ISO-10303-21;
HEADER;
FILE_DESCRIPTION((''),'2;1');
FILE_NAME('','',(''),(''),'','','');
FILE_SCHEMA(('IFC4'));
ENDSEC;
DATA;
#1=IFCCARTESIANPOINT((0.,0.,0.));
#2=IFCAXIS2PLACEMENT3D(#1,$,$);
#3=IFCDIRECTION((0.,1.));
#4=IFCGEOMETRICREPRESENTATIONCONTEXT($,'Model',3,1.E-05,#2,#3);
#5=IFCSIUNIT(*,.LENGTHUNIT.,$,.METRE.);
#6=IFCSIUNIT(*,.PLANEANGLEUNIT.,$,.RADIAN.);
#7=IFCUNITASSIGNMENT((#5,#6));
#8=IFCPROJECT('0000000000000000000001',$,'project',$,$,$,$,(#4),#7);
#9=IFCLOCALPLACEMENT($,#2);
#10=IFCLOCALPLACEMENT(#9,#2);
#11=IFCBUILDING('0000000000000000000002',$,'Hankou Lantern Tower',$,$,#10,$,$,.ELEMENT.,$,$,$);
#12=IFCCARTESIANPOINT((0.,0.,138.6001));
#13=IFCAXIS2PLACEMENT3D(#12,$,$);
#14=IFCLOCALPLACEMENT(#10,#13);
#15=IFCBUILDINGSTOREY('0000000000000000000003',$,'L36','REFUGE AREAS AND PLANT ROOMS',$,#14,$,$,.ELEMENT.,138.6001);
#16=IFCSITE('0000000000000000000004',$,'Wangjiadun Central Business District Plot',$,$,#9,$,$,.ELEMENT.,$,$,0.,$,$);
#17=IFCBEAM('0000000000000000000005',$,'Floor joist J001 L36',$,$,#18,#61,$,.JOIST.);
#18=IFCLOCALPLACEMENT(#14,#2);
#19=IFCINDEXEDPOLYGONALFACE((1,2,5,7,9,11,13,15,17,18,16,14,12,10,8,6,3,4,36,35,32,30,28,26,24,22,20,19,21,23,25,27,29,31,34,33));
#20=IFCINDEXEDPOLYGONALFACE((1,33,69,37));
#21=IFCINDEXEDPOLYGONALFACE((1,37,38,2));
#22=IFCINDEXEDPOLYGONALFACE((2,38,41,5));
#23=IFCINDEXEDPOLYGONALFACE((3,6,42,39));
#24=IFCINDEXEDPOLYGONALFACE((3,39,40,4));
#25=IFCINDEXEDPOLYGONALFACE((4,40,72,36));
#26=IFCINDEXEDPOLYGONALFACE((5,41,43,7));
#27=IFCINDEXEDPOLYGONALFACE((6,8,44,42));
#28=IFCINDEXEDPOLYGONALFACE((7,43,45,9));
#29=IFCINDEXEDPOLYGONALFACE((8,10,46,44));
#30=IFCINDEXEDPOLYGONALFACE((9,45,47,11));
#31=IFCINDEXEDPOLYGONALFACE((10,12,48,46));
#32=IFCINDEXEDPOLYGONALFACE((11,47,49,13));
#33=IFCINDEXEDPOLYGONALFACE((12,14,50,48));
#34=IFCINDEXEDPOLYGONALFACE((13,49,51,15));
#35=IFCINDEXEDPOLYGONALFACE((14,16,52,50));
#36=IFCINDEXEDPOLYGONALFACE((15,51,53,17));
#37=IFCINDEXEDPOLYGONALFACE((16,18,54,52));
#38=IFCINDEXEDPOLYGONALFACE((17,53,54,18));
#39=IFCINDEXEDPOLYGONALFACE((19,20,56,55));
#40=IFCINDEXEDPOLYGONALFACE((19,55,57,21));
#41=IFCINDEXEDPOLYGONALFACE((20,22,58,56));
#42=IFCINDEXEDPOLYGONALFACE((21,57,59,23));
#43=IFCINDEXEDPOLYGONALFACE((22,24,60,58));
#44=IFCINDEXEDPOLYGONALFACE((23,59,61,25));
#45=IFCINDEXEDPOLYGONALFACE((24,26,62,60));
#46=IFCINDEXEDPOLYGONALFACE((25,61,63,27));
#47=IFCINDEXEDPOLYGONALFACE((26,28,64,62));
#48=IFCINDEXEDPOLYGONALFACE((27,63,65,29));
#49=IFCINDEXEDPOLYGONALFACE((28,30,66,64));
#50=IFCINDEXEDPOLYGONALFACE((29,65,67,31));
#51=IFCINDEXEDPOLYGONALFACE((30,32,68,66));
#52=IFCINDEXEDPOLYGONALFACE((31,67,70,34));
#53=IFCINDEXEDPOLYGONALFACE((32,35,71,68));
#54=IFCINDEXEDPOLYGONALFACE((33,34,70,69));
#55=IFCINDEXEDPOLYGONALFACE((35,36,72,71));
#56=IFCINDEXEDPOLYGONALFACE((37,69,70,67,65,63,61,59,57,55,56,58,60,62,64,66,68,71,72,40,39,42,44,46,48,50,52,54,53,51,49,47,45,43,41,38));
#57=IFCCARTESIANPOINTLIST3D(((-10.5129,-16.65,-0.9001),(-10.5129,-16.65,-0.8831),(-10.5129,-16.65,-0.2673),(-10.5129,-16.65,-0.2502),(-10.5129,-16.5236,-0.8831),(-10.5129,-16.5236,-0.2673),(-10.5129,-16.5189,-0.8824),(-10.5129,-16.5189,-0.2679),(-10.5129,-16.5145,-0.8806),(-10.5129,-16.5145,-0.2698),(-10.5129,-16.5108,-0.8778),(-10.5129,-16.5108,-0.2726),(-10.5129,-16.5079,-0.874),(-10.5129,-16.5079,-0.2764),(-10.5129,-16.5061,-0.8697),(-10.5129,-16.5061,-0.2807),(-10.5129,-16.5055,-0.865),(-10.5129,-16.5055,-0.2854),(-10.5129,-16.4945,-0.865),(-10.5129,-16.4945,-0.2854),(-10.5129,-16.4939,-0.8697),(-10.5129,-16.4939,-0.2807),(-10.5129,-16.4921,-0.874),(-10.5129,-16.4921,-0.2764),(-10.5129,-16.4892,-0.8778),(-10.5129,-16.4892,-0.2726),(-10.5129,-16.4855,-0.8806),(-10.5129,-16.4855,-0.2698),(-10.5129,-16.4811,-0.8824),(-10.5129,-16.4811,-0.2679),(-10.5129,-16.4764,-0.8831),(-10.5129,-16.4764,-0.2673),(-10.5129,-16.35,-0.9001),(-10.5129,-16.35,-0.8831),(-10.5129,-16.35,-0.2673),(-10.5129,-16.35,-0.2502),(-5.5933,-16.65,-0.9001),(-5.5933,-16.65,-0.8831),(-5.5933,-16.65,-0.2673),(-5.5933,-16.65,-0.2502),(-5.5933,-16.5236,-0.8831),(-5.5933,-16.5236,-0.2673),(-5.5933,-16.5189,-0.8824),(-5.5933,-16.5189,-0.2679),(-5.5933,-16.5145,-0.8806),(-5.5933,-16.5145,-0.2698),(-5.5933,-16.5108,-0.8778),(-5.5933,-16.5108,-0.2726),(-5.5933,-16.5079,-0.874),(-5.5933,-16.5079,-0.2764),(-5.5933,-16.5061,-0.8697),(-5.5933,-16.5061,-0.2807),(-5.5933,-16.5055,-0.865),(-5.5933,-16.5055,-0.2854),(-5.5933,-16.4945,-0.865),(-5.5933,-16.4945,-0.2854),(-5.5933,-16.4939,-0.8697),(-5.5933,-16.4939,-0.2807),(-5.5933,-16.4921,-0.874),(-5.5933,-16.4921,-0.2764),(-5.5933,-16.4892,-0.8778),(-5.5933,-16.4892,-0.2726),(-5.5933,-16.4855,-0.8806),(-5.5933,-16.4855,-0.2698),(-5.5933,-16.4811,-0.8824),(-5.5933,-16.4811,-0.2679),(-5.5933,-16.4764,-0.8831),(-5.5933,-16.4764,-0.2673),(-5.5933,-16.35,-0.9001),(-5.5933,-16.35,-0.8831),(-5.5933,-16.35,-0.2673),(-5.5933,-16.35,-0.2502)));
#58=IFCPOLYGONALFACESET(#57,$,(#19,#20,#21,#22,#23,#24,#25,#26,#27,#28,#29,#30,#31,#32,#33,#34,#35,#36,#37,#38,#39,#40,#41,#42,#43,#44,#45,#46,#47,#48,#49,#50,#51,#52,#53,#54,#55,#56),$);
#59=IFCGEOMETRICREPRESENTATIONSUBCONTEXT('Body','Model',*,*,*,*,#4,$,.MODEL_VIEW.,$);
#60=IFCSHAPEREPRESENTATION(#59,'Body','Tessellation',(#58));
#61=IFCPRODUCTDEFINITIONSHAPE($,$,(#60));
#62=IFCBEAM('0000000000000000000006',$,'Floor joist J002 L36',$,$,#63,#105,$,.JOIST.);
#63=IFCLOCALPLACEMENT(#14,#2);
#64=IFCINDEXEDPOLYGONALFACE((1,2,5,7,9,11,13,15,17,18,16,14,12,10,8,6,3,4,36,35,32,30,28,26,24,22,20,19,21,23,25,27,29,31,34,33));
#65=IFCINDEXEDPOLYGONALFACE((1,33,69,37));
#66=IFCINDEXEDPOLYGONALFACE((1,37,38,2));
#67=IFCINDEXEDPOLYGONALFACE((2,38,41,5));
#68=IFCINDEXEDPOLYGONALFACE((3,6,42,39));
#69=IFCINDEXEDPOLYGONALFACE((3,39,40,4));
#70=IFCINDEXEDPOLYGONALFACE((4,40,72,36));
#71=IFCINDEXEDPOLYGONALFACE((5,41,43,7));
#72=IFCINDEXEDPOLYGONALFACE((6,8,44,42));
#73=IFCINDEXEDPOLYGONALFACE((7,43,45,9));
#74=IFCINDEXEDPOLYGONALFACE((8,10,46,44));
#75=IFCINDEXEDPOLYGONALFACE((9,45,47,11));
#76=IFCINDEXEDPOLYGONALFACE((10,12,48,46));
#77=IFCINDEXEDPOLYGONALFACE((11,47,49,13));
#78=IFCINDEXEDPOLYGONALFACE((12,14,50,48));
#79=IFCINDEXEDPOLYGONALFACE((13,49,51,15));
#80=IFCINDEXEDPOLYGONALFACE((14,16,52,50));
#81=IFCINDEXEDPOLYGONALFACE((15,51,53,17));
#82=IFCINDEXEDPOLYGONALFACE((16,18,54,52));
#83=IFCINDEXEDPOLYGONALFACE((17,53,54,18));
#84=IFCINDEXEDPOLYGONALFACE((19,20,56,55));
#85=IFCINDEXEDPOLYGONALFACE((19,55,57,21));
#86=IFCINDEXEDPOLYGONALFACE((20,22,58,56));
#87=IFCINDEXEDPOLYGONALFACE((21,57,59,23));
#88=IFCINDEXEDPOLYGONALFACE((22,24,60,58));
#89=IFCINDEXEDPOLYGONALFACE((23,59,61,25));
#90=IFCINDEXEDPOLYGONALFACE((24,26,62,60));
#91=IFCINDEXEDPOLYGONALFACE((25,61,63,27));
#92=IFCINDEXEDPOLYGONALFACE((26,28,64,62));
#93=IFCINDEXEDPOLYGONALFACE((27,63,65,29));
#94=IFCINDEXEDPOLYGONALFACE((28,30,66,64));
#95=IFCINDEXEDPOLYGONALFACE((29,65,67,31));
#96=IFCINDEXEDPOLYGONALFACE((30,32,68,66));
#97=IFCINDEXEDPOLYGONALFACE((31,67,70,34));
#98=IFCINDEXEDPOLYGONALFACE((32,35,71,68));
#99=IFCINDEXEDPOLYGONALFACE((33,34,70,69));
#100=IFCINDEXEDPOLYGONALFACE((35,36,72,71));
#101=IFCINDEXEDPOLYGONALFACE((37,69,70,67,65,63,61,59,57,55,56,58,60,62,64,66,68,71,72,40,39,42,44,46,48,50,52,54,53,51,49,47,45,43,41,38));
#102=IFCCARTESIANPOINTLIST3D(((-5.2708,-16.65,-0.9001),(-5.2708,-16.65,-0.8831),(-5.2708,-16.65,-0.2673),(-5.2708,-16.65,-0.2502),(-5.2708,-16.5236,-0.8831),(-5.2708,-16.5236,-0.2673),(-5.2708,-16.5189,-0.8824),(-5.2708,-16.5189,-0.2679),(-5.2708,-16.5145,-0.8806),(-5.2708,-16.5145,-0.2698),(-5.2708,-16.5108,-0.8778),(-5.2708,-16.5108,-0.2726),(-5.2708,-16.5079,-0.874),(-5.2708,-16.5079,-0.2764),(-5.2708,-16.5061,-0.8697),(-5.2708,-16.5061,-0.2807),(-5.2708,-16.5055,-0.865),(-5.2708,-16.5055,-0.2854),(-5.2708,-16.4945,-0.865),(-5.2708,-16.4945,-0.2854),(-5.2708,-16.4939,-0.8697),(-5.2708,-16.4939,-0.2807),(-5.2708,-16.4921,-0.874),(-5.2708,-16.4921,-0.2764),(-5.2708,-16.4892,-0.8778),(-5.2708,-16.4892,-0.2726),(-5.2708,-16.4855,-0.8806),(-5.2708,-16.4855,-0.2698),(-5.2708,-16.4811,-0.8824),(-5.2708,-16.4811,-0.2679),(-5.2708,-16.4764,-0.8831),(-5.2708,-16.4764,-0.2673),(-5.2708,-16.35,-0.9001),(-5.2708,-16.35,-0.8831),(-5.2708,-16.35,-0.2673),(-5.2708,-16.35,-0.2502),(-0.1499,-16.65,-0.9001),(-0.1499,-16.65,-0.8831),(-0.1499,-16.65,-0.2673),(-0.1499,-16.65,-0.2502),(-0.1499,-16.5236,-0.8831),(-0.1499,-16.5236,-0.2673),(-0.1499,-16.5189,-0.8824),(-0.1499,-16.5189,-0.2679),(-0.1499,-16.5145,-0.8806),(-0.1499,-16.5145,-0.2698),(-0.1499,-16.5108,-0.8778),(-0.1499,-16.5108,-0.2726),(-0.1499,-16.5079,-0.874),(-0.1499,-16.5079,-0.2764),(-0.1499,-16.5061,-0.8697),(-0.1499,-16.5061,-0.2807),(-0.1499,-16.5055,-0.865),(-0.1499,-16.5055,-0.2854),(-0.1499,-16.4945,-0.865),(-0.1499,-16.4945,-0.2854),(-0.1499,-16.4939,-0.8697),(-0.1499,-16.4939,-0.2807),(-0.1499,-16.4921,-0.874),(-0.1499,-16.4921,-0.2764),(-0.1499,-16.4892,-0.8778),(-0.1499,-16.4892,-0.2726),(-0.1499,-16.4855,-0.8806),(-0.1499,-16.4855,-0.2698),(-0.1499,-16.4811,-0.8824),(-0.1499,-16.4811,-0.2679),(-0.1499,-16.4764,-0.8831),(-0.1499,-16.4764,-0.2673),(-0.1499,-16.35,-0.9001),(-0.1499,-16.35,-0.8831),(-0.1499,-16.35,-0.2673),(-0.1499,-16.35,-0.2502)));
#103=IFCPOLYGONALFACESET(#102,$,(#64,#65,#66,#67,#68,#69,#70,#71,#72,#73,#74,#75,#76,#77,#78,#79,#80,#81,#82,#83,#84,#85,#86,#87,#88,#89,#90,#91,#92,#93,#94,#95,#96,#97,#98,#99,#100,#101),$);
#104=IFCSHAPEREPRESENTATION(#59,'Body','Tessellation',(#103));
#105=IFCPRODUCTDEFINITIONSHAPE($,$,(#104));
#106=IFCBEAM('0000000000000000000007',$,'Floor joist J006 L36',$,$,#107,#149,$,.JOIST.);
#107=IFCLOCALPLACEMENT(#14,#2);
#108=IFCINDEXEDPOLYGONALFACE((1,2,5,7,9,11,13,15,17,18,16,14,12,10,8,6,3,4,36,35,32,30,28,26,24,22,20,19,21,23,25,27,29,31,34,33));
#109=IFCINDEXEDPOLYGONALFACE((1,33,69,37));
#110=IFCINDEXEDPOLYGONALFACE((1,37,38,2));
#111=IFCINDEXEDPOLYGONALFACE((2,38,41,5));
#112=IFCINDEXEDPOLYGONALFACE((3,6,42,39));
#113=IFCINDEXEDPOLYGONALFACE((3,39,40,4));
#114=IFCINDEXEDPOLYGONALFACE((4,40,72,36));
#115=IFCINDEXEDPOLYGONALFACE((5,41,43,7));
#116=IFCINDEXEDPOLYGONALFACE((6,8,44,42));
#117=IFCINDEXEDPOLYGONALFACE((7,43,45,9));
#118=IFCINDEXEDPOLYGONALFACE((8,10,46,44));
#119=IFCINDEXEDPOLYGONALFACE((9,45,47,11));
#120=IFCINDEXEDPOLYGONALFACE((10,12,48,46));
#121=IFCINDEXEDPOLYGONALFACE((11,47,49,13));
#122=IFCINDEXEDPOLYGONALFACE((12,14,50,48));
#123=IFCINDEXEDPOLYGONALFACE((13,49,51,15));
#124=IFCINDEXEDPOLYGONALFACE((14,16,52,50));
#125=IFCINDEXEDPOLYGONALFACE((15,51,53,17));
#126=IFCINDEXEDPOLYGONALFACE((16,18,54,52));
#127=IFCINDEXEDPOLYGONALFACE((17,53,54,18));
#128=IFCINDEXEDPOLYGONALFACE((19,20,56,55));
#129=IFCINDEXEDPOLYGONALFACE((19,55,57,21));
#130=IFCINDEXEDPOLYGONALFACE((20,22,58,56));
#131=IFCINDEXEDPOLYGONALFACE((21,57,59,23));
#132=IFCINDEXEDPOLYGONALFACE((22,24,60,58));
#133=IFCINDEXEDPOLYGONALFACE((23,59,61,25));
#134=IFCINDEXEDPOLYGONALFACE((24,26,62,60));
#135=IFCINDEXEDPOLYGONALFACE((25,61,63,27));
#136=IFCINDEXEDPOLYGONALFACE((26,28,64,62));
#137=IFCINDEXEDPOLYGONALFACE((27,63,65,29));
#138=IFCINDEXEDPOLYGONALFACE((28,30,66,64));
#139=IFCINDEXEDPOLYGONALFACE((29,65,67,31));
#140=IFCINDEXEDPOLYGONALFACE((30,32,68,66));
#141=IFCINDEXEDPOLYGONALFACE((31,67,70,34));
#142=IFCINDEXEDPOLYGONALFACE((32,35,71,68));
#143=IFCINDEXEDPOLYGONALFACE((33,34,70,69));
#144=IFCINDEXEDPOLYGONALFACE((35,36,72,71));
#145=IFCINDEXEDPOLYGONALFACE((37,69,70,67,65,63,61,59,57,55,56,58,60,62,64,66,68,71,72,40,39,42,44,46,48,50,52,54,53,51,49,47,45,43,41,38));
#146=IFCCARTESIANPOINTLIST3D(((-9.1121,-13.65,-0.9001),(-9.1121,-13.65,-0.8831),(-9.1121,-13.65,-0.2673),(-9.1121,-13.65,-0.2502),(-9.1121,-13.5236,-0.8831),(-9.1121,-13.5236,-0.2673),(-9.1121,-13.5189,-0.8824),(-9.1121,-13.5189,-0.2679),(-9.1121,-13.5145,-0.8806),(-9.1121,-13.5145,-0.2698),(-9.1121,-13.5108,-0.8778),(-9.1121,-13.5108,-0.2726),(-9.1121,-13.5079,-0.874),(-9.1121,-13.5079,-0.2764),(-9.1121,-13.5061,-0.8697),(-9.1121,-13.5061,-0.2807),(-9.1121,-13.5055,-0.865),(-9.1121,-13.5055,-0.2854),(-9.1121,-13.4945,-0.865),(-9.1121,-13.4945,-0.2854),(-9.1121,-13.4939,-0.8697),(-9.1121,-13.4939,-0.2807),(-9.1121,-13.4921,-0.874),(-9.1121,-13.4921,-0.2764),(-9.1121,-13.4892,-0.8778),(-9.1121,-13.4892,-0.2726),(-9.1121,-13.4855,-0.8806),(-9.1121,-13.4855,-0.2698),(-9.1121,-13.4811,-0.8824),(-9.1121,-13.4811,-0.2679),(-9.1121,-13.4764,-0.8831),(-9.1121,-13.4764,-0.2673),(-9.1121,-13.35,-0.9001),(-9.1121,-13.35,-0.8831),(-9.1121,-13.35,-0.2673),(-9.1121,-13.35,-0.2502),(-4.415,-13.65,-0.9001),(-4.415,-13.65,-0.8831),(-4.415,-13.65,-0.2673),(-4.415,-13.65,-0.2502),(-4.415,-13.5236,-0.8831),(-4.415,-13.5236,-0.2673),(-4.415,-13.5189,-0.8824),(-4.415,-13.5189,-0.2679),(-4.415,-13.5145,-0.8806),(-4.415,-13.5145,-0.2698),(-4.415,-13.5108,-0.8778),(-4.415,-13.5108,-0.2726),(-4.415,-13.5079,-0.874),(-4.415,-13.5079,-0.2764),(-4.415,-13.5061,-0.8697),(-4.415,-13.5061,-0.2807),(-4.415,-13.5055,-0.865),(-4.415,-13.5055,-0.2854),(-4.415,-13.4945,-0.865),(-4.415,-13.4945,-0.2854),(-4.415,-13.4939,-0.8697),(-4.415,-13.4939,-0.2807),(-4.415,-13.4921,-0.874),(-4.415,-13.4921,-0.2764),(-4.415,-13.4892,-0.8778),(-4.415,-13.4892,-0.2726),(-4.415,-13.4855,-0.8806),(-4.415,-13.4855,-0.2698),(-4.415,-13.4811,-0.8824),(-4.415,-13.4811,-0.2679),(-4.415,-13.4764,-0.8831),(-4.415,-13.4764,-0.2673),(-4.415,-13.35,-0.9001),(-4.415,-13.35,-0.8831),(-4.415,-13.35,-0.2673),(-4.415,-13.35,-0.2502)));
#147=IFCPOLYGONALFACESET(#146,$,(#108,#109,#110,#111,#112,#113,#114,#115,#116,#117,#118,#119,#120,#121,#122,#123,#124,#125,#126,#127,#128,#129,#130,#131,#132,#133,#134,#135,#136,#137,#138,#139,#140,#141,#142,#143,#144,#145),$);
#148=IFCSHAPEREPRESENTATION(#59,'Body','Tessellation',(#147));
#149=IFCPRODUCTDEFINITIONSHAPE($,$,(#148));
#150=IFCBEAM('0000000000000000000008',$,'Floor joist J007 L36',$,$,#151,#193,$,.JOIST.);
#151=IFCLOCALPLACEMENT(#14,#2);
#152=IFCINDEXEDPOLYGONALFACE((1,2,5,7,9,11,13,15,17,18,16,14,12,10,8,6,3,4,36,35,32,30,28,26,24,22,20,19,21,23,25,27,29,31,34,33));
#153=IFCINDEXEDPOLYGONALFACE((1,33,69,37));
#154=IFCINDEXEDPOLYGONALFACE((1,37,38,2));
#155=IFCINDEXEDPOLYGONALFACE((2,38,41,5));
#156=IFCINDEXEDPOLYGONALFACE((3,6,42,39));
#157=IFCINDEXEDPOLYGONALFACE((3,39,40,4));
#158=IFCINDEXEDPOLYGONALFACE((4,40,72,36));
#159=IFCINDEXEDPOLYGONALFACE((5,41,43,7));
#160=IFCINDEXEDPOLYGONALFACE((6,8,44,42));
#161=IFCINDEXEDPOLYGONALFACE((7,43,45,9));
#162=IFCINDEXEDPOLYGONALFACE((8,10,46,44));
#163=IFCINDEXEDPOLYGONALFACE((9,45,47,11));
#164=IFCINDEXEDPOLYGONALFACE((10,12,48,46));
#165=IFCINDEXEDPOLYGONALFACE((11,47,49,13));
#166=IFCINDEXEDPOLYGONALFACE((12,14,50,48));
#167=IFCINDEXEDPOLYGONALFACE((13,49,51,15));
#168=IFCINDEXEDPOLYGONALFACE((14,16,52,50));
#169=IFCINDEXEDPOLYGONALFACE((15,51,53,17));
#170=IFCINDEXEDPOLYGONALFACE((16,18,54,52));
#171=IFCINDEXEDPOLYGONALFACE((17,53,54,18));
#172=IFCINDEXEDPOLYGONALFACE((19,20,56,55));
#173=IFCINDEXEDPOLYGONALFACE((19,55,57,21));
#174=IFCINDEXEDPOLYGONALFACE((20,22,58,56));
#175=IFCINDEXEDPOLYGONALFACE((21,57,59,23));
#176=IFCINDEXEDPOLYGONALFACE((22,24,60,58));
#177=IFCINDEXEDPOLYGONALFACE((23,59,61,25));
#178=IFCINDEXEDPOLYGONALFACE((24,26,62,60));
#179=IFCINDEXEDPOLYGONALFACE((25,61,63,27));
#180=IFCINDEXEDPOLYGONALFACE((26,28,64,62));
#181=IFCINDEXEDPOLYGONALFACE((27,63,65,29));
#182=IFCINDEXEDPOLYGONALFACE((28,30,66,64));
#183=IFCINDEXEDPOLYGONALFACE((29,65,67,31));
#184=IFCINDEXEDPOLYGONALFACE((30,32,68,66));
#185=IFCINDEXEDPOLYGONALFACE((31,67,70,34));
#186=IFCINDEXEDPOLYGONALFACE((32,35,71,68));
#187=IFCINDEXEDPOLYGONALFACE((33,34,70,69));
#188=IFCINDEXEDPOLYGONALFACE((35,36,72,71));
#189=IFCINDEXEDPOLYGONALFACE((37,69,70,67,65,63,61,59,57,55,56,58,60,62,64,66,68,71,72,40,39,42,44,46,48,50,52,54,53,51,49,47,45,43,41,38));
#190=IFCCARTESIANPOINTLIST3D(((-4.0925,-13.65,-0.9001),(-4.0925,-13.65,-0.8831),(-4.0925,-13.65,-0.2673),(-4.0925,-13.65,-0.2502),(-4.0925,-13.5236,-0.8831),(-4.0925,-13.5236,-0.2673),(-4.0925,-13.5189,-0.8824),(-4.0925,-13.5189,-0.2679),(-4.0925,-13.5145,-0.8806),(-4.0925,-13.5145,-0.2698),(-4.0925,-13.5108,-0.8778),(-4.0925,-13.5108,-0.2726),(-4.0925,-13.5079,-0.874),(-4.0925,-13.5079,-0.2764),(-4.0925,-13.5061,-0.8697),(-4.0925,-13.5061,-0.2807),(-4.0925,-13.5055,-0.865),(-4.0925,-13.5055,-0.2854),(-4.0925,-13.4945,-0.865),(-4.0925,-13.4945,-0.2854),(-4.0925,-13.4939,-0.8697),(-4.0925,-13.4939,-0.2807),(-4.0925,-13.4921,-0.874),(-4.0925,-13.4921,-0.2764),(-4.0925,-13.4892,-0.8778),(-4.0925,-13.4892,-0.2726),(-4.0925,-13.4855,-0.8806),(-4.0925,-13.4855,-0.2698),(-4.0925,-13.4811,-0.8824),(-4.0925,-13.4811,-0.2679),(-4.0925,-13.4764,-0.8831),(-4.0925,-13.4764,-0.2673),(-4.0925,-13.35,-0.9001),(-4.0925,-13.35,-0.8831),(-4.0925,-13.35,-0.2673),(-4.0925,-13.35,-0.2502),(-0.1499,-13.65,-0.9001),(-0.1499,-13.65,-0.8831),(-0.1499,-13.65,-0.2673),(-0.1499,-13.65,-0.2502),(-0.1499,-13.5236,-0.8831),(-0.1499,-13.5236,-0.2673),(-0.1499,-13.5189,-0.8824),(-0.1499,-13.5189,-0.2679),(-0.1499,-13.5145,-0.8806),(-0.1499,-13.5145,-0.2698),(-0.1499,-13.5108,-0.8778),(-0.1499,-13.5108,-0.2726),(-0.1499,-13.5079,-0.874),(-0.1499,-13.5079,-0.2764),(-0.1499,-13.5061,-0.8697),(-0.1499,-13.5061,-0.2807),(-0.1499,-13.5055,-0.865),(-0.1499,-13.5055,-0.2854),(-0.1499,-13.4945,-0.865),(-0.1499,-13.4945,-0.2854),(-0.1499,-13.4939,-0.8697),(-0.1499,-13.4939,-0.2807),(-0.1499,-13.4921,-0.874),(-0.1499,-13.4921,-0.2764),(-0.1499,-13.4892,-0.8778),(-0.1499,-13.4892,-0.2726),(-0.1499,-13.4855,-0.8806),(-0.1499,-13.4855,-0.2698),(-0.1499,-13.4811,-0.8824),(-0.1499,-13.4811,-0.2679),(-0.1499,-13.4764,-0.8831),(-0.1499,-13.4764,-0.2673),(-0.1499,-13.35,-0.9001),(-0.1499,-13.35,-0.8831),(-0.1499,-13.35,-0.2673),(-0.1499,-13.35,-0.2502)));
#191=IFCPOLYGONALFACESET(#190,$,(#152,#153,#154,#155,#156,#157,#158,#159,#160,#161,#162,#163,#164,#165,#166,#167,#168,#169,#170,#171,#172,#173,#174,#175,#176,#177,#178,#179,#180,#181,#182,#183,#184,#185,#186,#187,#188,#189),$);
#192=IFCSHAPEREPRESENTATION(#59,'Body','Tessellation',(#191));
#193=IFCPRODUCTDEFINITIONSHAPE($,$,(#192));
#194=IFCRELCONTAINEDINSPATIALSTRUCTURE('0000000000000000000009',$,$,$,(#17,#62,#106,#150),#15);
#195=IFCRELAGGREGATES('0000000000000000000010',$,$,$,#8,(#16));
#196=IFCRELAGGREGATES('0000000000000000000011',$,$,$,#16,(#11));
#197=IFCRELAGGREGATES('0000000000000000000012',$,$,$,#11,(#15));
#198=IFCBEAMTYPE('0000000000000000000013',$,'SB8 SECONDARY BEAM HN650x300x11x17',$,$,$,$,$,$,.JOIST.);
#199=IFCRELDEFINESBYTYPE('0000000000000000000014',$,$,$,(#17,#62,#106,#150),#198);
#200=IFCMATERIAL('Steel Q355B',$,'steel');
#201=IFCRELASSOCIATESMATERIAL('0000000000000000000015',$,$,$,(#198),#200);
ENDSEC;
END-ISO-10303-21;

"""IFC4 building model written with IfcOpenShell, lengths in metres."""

from ifc_helpers import new_model, si_unit, direction, frame, origin, origin_2d, place, context, subcontext, project, spatial, i_section, extrude, material, material_profile, profile_set, type_object, element, save


model = new_model("IFC4")

# Units and contexts
model_context = context("Model", 3, precision=1e-05, world=origin(), true_north=direction((0.0, 1.0)))
body_context = subcontext(model_context, "Body", "Model", "MODEL_VIEW")
ifc_project = project(units=[si_unit("LENGTHUNIT", "METRE"), si_unit("PLANEANGLEUNIT", "RADIAN")], contexts=[model_context])

# Site, building, storey
site_placement = place(None, origin())
site = spatial("IfcSite", under=ifc_project, at=site_placement, Name="Wangjiadun Central Business District Plot", CompositionType="ELEMENT", RefElevation=0.0)
building_placement = place(site_placement, origin())
building = spatial("IfcBuilding", under=site, at=building_placement, Name="Hankou Lantern Tower", CompositionType="ELEMENT")
storey_placement = place(building_placement, frame((0.0, 0.0, 138.6001)))
storey = spatial("IfcBuildingStorey", under=building, at=storey_placement, Name="L36", Description="REFUGE AREAS AND PLANT ROOMS", CompositionType="ELEMENT", Elevation=138.6001)

# Beams
ifc_material_1 = material(Name="Steel Q355B", Category="steel")
ifc_material_profile_1 = material_profile(ifc_material_1, i_section(OverallWidth=0.3, OverallDepth=0.6499, WebThickness=0.011, FlangeThickness=0.0171, FilletRadius=0.0181, at=origin_2d()), Name="HN650x300x11x17")
ifc_profile_set_1 = profile_set([ifc_material_profile_1], Name="Steel Q355B")
beam_type_1 = type_object("IfcBeamType", Name="SB8 SECONDARY BEAM HN650x300x11x17", PredefinedType="JOIST", material=ifc_profile_set_1)
beam_1_placement = place(storey_placement, frame((-10.5129, -16.5, -0.5752), z_axis=(1.0, 0.0, 0.0), x_axis=(0.0, 1.0, 0.0)))
element("IfcBeam", 1, at=beam_1_placement, inside=storey, type_object=beam_type_1, Name="Floor joist J001 L36", PredefinedType="JOIST", context=body_context, shape_type="SweptSolid", body=[
    extrude(i_section(OverallWidth=0.3, OverallDepth=0.6499, WebThickness=0.011, FlangeThickness=0.0171, FilletRadius=0.0181, at=origin_2d()), origin(), (0.0, 0.0, 1.0), 4.9197),
])
beam_2_placement = place(storey_placement, frame((-5.2708, -16.5, -0.5752), z_axis=(1.0, 0.0, 0.0), x_axis=(0.0, 1.0, 0.0)))
element("IfcBeam", 2, at=beam_2_placement, inside=storey, type_object=beam_type_1, Name="Floor joist J002 L36", PredefinedType="JOIST", context=body_context, shape_type="SweptSolid", body=[
    extrude(i_section(OverallWidth=0.3, OverallDepth=0.6499, WebThickness=0.011, FlangeThickness=0.0171, FilletRadius=0.0181, at=origin_2d()), origin(), (0.0, 0.0, 1.0), 5.1208),
])
beam_3_placement = place(storey_placement, frame((-9.1121, -13.5, -0.5752), z_axis=(1.0, 0.0, 0.0), x_axis=(0.0, 1.0, 0.0)))
element("IfcBeam", 3, at=beam_3_placement, inside=storey, type_object=beam_type_1, Name="Floor joist J006 L36", PredefinedType="JOIST", context=body_context, shape_type="SweptSolid", body=[
    extrude(i_section(OverallWidth=0.3, OverallDepth=0.6499, WebThickness=0.011, FlangeThickness=0.0171, FilletRadius=0.0181, at=origin_2d()), origin(), (0.0, 0.0, 1.0), 4.697),
])
beam_4_placement = place(storey_placement, frame((-4.0925, -13.5, -0.5752), z_axis=(1.0, 0.0, 0.0), x_axis=(0.0, 1.0, 0.0)))
element("IfcBeam", 4, at=beam_4_placement, inside=storey, type_object=beam_type_1, Name="Floor joist J007 L36", PredefinedType="JOIST", context=body_context, shape_type="SweptSolid", body=[
    extrude(i_section(OverallWidth=0.3, OverallDepth=0.6499, WebThickness=0.011, FlangeThickness=0.0171, FilletRadius=0.0181, at=origin_2d()), origin(), (0.0, 0.0, 1.0), 3.9426),
])

save(model, "model.ifc")
